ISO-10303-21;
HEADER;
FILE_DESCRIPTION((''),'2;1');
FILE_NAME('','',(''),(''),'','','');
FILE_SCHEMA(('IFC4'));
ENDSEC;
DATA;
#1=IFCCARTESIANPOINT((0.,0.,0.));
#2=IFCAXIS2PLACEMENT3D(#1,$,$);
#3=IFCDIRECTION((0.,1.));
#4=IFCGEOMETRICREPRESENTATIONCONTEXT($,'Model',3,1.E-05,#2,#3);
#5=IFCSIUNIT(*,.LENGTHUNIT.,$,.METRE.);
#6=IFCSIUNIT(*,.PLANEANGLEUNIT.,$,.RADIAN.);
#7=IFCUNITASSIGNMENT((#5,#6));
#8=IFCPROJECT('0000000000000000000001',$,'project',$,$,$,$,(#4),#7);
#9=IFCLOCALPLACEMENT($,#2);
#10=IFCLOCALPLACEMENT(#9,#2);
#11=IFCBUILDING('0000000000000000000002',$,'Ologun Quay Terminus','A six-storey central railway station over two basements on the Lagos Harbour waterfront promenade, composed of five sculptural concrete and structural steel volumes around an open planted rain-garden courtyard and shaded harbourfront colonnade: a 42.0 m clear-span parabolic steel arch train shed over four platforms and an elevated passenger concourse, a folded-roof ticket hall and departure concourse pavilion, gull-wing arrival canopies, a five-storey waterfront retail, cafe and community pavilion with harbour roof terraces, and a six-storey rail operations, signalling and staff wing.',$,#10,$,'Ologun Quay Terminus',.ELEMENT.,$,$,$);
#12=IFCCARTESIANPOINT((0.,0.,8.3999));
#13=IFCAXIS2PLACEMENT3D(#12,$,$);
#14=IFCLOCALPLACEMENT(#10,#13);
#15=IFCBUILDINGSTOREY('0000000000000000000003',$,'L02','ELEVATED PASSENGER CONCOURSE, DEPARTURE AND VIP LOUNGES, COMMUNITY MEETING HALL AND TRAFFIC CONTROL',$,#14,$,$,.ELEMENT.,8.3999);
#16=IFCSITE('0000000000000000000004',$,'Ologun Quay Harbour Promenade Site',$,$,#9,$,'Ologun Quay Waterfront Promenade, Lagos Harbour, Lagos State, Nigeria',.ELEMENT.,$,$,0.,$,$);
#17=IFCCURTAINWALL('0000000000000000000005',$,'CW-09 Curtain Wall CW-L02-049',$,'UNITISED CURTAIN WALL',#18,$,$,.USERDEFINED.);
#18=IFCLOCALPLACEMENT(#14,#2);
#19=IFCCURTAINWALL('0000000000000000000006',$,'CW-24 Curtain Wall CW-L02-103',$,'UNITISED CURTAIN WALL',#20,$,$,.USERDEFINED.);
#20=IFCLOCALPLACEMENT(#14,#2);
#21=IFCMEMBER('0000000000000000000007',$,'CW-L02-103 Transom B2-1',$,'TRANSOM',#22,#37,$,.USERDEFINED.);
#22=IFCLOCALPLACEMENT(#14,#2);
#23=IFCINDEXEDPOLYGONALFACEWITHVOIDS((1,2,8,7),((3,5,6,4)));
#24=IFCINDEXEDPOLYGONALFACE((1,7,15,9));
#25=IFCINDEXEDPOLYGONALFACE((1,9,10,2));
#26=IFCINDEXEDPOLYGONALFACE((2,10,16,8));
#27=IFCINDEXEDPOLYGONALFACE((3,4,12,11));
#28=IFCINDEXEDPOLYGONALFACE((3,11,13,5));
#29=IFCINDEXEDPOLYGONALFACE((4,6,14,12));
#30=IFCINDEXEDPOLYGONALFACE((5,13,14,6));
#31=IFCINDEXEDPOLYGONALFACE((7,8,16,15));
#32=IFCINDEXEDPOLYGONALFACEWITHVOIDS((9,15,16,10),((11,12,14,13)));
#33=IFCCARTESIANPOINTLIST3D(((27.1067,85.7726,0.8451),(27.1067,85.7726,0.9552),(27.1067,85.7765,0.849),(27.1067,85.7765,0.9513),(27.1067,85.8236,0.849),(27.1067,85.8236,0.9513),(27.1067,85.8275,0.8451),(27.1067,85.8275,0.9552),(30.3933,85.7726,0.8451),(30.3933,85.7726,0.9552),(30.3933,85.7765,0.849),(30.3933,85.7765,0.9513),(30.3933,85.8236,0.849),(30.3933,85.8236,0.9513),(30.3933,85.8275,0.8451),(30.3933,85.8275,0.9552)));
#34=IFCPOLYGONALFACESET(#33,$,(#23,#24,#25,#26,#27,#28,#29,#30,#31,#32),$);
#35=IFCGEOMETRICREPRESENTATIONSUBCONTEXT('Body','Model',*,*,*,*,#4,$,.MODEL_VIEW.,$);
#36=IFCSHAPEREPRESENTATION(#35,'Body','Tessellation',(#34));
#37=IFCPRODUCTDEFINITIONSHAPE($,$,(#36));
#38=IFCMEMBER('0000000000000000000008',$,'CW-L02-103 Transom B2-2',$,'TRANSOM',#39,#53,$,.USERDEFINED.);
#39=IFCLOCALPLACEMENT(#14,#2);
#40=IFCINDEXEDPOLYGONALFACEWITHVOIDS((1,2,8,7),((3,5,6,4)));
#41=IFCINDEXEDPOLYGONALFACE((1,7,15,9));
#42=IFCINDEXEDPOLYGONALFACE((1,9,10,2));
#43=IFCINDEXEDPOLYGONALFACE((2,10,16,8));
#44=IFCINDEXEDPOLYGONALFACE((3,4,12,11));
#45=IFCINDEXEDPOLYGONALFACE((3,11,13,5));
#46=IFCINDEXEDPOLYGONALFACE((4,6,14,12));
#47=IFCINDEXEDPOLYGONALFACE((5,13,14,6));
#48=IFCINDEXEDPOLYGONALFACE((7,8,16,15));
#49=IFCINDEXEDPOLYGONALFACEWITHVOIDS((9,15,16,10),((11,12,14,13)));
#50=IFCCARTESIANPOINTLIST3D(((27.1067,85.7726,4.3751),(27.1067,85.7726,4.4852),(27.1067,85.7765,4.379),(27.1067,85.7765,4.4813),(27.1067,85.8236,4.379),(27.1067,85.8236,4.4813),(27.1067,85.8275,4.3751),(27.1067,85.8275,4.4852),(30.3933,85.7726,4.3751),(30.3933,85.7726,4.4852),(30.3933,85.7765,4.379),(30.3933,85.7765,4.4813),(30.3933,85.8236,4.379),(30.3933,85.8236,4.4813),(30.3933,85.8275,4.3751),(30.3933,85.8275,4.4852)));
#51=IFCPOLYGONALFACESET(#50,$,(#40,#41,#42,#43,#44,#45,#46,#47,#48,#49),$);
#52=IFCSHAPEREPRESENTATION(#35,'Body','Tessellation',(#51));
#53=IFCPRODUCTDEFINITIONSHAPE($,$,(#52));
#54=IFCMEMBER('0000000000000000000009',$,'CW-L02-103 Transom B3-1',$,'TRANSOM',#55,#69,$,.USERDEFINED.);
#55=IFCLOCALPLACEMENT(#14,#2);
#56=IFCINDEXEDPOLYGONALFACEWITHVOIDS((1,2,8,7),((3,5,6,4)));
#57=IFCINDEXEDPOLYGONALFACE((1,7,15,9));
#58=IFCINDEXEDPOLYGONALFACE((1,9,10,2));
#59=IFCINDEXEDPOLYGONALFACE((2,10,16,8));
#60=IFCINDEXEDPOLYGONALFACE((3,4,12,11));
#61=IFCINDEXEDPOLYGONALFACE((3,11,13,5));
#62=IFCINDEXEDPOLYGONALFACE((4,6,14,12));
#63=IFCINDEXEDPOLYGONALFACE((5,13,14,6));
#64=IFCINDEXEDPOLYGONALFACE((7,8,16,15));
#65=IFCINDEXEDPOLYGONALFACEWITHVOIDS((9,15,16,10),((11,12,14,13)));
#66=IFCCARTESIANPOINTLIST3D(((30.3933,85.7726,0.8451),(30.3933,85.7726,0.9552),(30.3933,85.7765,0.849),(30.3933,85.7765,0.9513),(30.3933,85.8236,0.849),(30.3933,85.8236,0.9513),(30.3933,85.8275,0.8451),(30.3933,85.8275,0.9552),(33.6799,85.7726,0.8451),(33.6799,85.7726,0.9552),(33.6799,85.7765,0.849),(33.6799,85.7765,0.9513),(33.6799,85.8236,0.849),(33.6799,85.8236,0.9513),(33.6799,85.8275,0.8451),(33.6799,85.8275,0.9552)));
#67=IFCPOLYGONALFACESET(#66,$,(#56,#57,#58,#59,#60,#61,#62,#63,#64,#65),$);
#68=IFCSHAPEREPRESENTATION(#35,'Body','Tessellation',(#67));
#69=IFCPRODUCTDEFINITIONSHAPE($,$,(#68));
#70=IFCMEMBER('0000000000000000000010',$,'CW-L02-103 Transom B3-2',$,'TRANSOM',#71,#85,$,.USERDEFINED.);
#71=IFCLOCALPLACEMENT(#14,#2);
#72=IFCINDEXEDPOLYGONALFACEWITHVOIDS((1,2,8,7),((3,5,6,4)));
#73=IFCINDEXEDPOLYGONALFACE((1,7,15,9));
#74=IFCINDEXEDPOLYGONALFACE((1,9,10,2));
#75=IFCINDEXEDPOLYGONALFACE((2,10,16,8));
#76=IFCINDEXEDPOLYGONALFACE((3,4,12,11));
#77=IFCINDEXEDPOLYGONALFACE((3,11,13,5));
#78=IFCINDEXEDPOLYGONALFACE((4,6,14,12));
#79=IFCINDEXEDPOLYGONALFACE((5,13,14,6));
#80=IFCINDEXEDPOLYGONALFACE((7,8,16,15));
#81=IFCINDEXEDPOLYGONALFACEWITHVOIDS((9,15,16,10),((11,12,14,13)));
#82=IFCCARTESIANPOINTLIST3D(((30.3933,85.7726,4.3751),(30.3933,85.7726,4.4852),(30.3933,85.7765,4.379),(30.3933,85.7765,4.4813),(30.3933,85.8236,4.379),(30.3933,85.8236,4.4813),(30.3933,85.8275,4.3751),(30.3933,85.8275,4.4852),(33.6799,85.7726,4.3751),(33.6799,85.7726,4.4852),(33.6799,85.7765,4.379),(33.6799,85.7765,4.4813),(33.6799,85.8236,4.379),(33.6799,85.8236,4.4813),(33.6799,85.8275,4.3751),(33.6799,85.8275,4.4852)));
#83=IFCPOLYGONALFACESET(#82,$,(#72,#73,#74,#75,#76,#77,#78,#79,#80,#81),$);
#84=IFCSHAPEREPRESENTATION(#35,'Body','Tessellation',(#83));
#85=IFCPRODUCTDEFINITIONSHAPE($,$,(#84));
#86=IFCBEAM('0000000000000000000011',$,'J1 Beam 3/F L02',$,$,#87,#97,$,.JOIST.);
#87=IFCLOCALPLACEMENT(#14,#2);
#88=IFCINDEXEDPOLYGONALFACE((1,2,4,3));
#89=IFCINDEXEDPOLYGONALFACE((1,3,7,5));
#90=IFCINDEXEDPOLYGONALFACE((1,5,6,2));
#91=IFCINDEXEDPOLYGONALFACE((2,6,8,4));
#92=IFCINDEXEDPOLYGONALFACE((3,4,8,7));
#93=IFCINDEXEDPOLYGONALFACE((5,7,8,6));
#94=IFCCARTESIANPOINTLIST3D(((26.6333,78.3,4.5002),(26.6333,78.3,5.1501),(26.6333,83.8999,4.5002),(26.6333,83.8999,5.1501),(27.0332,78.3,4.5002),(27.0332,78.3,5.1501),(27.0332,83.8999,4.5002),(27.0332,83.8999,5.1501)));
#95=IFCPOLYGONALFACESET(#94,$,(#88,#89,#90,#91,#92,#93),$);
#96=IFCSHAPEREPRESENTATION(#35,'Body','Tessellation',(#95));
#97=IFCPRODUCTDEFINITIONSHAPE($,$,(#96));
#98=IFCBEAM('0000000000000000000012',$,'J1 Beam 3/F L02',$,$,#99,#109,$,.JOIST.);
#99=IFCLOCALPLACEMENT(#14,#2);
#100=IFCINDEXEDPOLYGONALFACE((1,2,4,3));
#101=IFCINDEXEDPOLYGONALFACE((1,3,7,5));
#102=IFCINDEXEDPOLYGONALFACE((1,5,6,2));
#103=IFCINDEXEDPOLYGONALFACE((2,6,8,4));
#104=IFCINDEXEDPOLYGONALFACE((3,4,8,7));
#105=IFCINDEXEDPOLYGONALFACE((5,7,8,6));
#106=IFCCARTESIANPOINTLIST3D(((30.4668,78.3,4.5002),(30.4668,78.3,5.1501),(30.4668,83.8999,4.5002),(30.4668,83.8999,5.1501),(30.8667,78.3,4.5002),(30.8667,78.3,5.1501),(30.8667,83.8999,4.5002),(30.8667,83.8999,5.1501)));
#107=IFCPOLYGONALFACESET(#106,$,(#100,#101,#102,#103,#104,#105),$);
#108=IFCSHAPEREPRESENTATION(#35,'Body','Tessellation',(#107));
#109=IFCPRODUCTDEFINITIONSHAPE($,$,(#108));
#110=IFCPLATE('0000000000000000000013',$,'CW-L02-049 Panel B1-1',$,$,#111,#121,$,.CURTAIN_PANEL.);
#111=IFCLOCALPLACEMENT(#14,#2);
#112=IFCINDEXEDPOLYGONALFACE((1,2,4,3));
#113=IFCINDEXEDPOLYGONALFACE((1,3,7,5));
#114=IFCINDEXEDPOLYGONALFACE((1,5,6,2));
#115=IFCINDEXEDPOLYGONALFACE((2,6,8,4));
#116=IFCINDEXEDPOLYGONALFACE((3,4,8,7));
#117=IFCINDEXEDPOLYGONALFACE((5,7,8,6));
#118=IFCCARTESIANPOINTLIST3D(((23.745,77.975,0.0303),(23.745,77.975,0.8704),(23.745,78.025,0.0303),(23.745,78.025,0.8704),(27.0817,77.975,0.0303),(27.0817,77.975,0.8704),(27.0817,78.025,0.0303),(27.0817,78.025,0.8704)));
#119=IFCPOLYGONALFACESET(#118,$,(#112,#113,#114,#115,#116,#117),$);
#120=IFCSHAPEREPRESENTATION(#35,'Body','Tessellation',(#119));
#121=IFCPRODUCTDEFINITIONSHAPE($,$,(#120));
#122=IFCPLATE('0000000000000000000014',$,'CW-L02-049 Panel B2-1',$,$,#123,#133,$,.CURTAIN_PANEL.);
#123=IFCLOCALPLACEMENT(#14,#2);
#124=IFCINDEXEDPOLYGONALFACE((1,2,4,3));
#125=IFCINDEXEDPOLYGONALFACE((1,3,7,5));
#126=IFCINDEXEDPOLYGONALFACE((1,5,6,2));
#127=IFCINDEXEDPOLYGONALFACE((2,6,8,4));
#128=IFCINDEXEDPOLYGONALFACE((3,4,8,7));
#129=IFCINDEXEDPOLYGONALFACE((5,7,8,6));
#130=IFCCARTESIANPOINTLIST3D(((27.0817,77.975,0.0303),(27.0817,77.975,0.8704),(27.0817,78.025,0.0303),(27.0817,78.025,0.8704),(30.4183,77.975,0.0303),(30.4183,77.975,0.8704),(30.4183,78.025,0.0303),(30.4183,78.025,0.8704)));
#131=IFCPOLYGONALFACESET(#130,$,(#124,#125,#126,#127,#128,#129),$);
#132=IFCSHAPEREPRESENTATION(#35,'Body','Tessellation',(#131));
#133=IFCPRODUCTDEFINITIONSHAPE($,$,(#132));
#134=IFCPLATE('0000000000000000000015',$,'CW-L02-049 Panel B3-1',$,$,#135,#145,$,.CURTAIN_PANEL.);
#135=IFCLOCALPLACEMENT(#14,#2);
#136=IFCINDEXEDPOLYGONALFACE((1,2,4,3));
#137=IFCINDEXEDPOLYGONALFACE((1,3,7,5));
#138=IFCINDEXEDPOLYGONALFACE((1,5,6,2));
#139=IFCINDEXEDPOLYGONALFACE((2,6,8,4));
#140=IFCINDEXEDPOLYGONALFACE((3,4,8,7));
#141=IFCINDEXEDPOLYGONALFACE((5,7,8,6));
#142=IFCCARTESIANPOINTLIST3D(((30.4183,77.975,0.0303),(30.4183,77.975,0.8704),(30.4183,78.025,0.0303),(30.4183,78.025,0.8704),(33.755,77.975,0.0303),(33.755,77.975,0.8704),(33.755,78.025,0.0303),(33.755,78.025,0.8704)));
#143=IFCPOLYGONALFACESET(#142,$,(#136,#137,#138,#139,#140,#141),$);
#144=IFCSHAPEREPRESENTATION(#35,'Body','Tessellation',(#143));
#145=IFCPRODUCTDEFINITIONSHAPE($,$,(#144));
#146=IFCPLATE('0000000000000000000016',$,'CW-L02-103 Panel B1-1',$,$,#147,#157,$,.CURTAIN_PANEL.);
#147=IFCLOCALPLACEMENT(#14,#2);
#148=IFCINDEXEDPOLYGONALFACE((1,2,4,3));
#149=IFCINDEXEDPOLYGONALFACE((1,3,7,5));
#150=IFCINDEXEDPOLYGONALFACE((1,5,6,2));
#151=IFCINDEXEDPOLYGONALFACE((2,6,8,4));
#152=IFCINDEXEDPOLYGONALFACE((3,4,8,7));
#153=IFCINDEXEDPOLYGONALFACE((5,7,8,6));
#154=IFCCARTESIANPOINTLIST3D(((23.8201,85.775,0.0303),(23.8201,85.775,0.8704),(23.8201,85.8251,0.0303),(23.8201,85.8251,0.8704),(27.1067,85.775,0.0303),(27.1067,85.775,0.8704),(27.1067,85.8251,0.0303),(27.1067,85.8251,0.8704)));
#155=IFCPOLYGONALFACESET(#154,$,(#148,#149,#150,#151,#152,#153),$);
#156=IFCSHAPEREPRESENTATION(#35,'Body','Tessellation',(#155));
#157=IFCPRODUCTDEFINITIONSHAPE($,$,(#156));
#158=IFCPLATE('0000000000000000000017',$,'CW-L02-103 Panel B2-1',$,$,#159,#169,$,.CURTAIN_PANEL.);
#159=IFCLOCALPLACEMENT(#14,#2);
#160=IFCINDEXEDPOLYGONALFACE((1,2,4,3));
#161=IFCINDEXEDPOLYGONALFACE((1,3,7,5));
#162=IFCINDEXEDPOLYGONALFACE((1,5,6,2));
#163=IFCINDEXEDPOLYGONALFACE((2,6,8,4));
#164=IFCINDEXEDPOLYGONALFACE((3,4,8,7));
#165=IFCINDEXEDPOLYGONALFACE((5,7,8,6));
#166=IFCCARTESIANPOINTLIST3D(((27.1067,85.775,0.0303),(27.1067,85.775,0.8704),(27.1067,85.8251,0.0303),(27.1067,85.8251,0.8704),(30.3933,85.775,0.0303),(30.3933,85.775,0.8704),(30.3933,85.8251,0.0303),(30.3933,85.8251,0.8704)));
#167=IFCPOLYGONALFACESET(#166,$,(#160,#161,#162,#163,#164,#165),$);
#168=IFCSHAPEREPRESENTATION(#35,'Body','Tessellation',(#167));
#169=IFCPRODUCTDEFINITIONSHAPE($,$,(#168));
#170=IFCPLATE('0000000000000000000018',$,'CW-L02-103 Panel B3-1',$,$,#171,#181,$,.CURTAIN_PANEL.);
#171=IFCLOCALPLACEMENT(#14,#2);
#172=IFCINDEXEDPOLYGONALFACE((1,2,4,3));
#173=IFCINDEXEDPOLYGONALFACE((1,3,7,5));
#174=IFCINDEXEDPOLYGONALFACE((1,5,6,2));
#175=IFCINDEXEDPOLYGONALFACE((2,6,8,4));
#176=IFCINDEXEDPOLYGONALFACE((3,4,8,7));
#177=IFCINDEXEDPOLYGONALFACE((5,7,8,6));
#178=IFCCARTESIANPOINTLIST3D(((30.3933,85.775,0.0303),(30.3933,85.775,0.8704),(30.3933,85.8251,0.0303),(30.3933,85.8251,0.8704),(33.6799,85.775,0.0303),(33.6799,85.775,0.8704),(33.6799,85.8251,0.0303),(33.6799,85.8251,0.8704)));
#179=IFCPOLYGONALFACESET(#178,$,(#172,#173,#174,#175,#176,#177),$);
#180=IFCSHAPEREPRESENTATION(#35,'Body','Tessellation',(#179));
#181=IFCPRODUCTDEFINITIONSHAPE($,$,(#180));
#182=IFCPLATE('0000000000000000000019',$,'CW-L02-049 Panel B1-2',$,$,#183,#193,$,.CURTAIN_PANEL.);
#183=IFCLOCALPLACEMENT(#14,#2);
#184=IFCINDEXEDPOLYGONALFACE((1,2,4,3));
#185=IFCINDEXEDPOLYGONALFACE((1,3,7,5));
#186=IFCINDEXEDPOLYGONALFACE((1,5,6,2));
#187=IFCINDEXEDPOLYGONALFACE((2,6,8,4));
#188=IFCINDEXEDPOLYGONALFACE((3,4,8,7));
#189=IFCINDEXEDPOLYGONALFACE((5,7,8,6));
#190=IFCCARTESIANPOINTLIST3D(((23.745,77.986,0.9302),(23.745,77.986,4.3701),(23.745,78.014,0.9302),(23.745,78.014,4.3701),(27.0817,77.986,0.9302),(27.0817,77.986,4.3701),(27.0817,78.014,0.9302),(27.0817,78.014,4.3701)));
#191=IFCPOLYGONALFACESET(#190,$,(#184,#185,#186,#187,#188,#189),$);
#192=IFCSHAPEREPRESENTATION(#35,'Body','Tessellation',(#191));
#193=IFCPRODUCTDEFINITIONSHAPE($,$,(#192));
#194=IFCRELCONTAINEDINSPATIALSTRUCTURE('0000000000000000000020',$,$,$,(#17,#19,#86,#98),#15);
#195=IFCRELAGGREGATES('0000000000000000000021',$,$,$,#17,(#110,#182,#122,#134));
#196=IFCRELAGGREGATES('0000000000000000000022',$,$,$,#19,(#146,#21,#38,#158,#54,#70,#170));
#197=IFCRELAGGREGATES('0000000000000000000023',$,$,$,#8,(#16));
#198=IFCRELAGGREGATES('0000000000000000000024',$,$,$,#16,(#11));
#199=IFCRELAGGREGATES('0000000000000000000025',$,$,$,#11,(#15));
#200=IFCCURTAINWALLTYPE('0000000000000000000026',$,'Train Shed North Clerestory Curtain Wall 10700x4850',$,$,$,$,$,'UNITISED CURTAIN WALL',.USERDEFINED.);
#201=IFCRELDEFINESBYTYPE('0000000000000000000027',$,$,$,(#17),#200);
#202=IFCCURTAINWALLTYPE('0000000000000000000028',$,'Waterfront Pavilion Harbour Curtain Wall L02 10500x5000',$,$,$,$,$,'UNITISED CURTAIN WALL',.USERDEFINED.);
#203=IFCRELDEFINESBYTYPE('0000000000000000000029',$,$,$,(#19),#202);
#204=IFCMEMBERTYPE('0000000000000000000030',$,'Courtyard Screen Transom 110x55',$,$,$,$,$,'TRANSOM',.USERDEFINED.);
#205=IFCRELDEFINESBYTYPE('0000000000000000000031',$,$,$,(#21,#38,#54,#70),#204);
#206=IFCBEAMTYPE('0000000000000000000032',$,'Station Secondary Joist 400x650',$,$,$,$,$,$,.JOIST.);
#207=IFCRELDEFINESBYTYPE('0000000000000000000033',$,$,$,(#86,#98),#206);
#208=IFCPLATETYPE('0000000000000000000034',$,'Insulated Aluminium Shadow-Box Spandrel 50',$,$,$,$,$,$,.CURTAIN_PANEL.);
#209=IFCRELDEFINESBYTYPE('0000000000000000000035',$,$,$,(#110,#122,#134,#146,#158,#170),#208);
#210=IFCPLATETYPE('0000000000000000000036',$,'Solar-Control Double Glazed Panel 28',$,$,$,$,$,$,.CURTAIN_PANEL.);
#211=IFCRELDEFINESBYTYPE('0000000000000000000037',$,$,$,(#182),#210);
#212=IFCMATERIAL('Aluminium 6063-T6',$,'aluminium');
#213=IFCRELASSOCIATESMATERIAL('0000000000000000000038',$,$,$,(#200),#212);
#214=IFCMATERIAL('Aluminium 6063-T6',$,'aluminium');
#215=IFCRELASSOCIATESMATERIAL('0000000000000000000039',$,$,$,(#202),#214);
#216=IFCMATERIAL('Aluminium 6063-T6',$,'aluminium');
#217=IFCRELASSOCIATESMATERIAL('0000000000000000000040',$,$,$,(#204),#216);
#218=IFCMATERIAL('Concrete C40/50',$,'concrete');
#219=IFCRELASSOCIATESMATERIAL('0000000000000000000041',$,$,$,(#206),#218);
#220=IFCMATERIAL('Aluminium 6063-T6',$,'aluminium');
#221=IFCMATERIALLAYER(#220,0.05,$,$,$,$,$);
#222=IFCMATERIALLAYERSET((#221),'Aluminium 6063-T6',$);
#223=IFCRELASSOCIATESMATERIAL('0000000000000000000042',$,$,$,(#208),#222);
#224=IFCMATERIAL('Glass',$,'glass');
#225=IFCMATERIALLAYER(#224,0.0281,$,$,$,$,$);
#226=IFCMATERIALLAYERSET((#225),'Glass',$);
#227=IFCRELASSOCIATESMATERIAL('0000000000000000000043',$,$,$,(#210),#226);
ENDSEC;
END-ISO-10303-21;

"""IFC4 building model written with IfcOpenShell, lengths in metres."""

from ifc_helpers import new_model, si_unit, direction, frame, origin, origin_2d, place, context, subcontext, project, spatial, rectangle, hollow_rectangle, extrude, material, layer, layer_set, material_profile, profile_set, type_object, element, aggregate, save


model = new_model("IFC4")

# Units and contexts
model_context = context("Model", 3, precision=1e-05, world=origin(), true_north=direction((0.0, 1.0)))
body_context = subcontext(model_context, "Body", "Model", "MODEL_VIEW")
ifc_project = project(units=[si_unit("LENGTHUNIT", "METRE"), si_unit("PLANEANGLEUNIT", "RADIAN")], contexts=[model_context])

# Site, building, storey
site_placement = place(None, origin())
site = spatial("IfcSite", under=ifc_project, at=site_placement, Name="Ologun Quay Harbour Promenade Site", LongName="Ologun Quay Waterfront Promenade, Lagos Harbour, Lagos State, Nigeria", CompositionType="ELEMENT", RefElevation=0.0)
building_placement = place(site_placement, origin())
building = spatial("IfcBuilding", under=site, at=building_placement, Name="Ologun Quay Terminus", Description="A six-storey central railway station over two basements on the Lagos Harbour waterfront promenade, composed of five sculptural concrete and structural steel volumes around an open planted rain-garden courtyard and shaded harbourfront colonnade: a 42.0 m clear-span parabolic steel arch train shed over four platforms and an elevated passenger concourse, a folded-roof ticket hall and departure concourse pavilion, gull-wing arrival canopies, a five-storey waterfront retail, cafe and community pavilion with harbour roof terraces, and a six-storey rail operations, signalling and staff wing.", LongName="Ologun Quay Terminus", CompositionType="ELEMENT")
storey_placement = place(building_placement, frame((0.0, 0.0, 8.3999)))
storey = spatial("IfcBuildingStorey", under=building, at=storey_placement, Name="L02", Description="ELEVATED PASSENGER CONCOURSE, DEPARTURE AND VIP LOUNGES, COMMUNITY MEETING HALL AND TRAFFIC CONTROL", CompositionType="ELEMENT", Elevation=8.3999)

# Curtain walls, members
ifc_material_1 = material(Name="Aluminium 6063-T6", Category="aluminium")
curtain_wall_type_1 = type_object("IfcCurtainWallType", Name="Train Shed North Clerestory Curtain Wall 10700x4850", ElementType="UNITISED CURTAIN WALL", PredefinedType="USERDEFINED", material=ifc_material_1)
curtain_wall_1_placement = place(storey_placement, origin())
curtain_wall_1 = element("IfcCurtainWall", 1, at=curtain_wall_1_placement, inside=storey, type_object=curtain_wall_type_1, Name="CW-09 Curtain Wall CW-L02-049", ObjectType="UNITISED CURTAIN WALL", PredefinedType="USERDEFINED")
ifc_material_2 = material(Name="Aluminium 6063-T6", Category="aluminium")
curtain_wall_type_2 = type_object("IfcCurtainWallType", Name="Waterfront Pavilion Harbour Curtain Wall L02 10500x5000", ElementType="UNITISED CURTAIN WALL", PredefinedType="USERDEFINED", material=ifc_material_2)
curtain_wall_2_placement = place(storey_placement, origin())
curtain_wall_2 = element("IfcCurtainWall", 2, at=curtain_wall_2_placement, inside=storey, type_object=curtain_wall_type_2, Name="CW-24 Curtain Wall CW-L02-103", ObjectType="UNITISED CURTAIN WALL", PredefinedType="USERDEFINED")
ifc_material_3 = material(Name="Aluminium 6063-T6", Category="aluminium")
ifc_material_profile_1 = material_profile(ifc_material_3, hollow_rectangle(XDim=0.0549, YDim=0.1101, WallThickness=0.0039, at=origin_2d()), Name="ALU 110x55x4")
ifc_profile_set_1 = profile_set([ifc_material_profile_1], Name="Aluminium 6063-T6")
member_type_1 = type_object("IfcMemberType", Name="Courtyard Screen Transom 110x55", ElementType="TRANSOM", PredefinedType="USERDEFINED", material=ifc_profile_set_1)
member_1_placement = place(storey_placement, frame((27.1067, 85.8, 0.9001), z_axis=(1.0, 0.0, 0.0), x_axis=(0.0, 1.0, 0.0)))
member_1 = element("IfcMember", 3, at=member_1_placement, type_object=member_type_1, Name="CW-L02-103 Transom B2-1", ObjectType="TRANSOM", PredefinedType="USERDEFINED", context=body_context, shape_type="SweptSolid", body=[
    extrude(hollow_rectangle(XDim=0.0549, YDim=0.1101, WallThickness=0.0039, at=origin_2d()), origin(), (0.0, 0.0, 1.0), 3.2866),
])
member_2_placement = place(storey_placement, frame((27.1067, 85.8, 4.4302), z_axis=(1.0, 0.0, 0.0), x_axis=(0.0, 1.0, 0.0)))
member_2 = element("IfcMember", 4, at=member_2_placement, type_object=member_type_1, Name="CW-L02-103 Transom B2-2", ObjectType="TRANSOM", PredefinedType="USERDEFINED", context=body_context, shape_type="SweptSolid", body=[
    extrude(hollow_rectangle(XDim=0.0549, YDim=0.1101, WallThickness=0.0039, at=origin_2d()), origin(), (0.0, 0.0, 1.0), 3.2866),
])
member_3_placement = place(storey_placement, frame((30.3933, 85.8, 0.9001), z_axis=(1.0, 0.0, 0.0), x_axis=(0.0, 1.0, 0.0)))
member_3 = element("IfcMember", 5, at=member_3_placement, type_object=member_type_1, Name="CW-L02-103 Transom B3-1", ObjectType="TRANSOM", PredefinedType="USERDEFINED", context=body_context, shape_type="SweptSolid", body=[
    extrude(hollow_rectangle(XDim=0.0549, YDim=0.1101, WallThickness=0.0039, at=origin_2d()), origin(), (0.0, 0.0, 1.0), 3.2866),
])
member_4_placement = place(storey_placement, frame((30.3933, 85.8, 4.4302), z_axis=(1.0, 0.0, 0.0), x_axis=(0.0, 1.0, 0.0)))
member_4 = element("IfcMember", 6, at=member_4_placement, type_object=member_type_1, Name="CW-L02-103 Transom B3-2", ObjectType="TRANSOM", PredefinedType="USERDEFINED", context=body_context, shape_type="SweptSolid", body=[
    extrude(hollow_rectangle(XDim=0.0549, YDim=0.1101, WallThickness=0.0039, at=origin_2d()), origin(), (0.0, 0.0, 1.0), 3.2866),
])

# Beams
ifc_material_4 = material(Name="Concrete C40/50", Category="concrete")
ifc_material_profile_2 = material_profile(ifc_material_4, rectangle(XDim=0.3999, YDim=0.6499, at=origin_2d()), Name="RC 400x650")
ifc_profile_set_2 = profile_set([ifc_material_profile_2], Name="Concrete C40/50")
beam_type = type_object("IfcBeamType", Name="Station Secondary Joist 400x650", PredefinedType="JOIST", material=ifc_profile_set_2)
for number, where, z_axis, x_axis, name in (
    (7, (26.8333, 78.3, 4.8252), (0.0, 1.0, 0.0), (-1.0, 0.0, 0.0), "J1 Beam 3/F L02"),
    (8, (30.6667, 78.3, 4.8252), (0.0, 1.0, 0.0), (-1.0, 0.0, 0.0), "J1 Beam 3/F L02"),
):
    element("IfcBeam", number, at=place(storey_placement, frame(where, z_axis=z_axis, x_axis=x_axis)), inside=storey, type_object=beam_type, Name=name, PredefinedType="JOIST", context=body_context, shape_type="SweptSolid", body=[
        extrude(rectangle(XDim=0.3999, YDim=0.6499, at=origin_2d()), origin(), (0.0, 0.0, 1.0), 5.5999),
    ])

# Plates
ifc_material_5 = material(Name="Aluminium 6063-T6", Category="aluminium")
ifc_layer_1 = layer(ifc_material_5, 0.05)
ifc_layer_set_1 = layer_set([ifc_layer_1], Name="Aluminium 6063-T6")
plate_type_1 = type_object("IfcPlateType", Name="Insulated Aluminium Shadow-Box Spandrel 50", PredefinedType="CURTAIN_PANEL", material=ifc_layer_set_1)
plate_1_placement = place(storey_placement, frame((25.4133, 78.0, 0.0303), z_axis=(0.0, 0.0, 1.0), x_axis=(1.0, 0.0, 0.0)))
plate_1 = element("IfcPlate", 9, at=plate_1_placement, type_object=plate_type_1, Name="CW-L02-049 Panel B1-1", PredefinedType="CURTAIN_PANEL", context=body_context, shape_type="SweptSolid", body=[
    extrude(rectangle(XDim=3.3367, YDim=0.05, at=origin_2d()), origin(), (0.0, 0.0, 1.0), 0.8401),
])
plate_2_placement = place(storey_placement, frame((28.75, 78.0, 0.0303), z_axis=(0.0, 0.0, 1.0), x_axis=(1.0, 0.0, 0.0)))
plate_2 = element("IfcPlate", 10, at=plate_2_placement, type_object=plate_type_1, Name="CW-L02-049 Panel B2-1", PredefinedType="CURTAIN_PANEL", context=body_context, shape_type="SweptSolid", body=[
    extrude(rectangle(XDim=3.3367, YDim=0.05, at=origin_2d()), origin(), (0.0, 0.0, 1.0), 0.8401),
])
plate_3_placement = place(storey_placement, frame((32.0867, 78.0, 0.0303), z_axis=(0.0, 0.0, 1.0), x_axis=(1.0, 0.0, 0.0)))
plate_3 = element("IfcPlate", 11, at=plate_3_placement, type_object=plate_type_1, Name="CW-L02-049 Panel B3-1", PredefinedType="CURTAIN_PANEL", context=body_context, shape_type="SweptSolid", body=[
    extrude(rectangle(XDim=3.3367, YDim=0.05, at=origin_2d()), origin(), (0.0, 0.0, 1.0), 0.8401),
])
plate_4_placement = place(storey_placement, frame((25.4634, 85.8, 0.0303), z_axis=(0.0, 0.0, 1.0), x_axis=(1.0, 0.0, 0.0)))
plate_4 = element("IfcPlate", 12, at=plate_4_placement, type_object=plate_type_1, Name="CW-L02-103 Panel B1-1", PredefinedType="CURTAIN_PANEL", context=body_context, shape_type="SweptSolid", body=[
    extrude(rectangle(XDim=3.2866, YDim=0.05, at=origin_2d()), origin(), (0.0, 0.0, 1.0), 0.8401),
])
plate_5_placement = place(storey_placement, frame((28.75, 85.8, 0.0303), z_axis=(0.0, 0.0, 1.0), x_axis=(1.0, 0.0, 0.0)))
plate_5 = element("IfcPlate", 13, at=plate_5_placement, type_object=plate_type_1, Name="CW-L02-103 Panel B2-1", PredefinedType="CURTAIN_PANEL", context=body_context, shape_type="SweptSolid", body=[
    extrude(rectangle(XDim=3.2866, YDim=0.05, at=origin_2d()), origin(), (0.0, 0.0, 1.0), 0.8401),
])
plate_6_placement = place(storey_placement, frame((32.0366, 85.8, 0.0303), z_axis=(0.0, 0.0, 1.0), x_axis=(1.0, 0.0, 0.0)))
plate_6 = element("IfcPlate", 14, at=plate_6_placement, type_object=plate_type_1, Name="CW-L02-103 Panel B3-1", PredefinedType="CURTAIN_PANEL", context=body_context, shape_type="SweptSolid", body=[
    extrude(rectangle(XDim=3.2866, YDim=0.05, at=origin_2d()), origin(), (0.0, 0.0, 1.0), 0.8401),
])
ifc_material_6 = material(Name="Glass", Category="glass")
ifc_layer_2 = layer(ifc_material_6, 0.0281)
ifc_layer_set_2 = layer_set([ifc_layer_2], Name="Glass")
plate_type_2 = type_object("IfcPlateType", Name="Solar-Control Double Glazed Panel 28", PredefinedType="CURTAIN_PANEL", material=ifc_layer_set_2)
plate_7_placement = place(storey_placement, frame((25.4133, 78.0, 0.9302), z_axis=(0.0, 0.0, 1.0), x_axis=(1.0, 0.0, 0.0)))
plate_7 = element("IfcPlate", 15, at=plate_7_placement, type_object=plate_type_2, Name="CW-L02-049 Panel B1-2", PredefinedType="CURTAIN_PANEL", context=body_context, shape_type="SweptSolid", body=[
    extrude(rectangle(XDim=3.3367, YDim=0.0281, at=origin_2d()), origin(), (0.0, 0.0, 1.0), 3.4399),
])
aggregate(curtain_wall_1, [plate_1, plate_7, plate_2, plate_3])
aggregate(curtain_wall_2, [plate_4, member_1, member_2, plate_5, member_3, member_4, plate_6])

save(model, "model.ifc")
